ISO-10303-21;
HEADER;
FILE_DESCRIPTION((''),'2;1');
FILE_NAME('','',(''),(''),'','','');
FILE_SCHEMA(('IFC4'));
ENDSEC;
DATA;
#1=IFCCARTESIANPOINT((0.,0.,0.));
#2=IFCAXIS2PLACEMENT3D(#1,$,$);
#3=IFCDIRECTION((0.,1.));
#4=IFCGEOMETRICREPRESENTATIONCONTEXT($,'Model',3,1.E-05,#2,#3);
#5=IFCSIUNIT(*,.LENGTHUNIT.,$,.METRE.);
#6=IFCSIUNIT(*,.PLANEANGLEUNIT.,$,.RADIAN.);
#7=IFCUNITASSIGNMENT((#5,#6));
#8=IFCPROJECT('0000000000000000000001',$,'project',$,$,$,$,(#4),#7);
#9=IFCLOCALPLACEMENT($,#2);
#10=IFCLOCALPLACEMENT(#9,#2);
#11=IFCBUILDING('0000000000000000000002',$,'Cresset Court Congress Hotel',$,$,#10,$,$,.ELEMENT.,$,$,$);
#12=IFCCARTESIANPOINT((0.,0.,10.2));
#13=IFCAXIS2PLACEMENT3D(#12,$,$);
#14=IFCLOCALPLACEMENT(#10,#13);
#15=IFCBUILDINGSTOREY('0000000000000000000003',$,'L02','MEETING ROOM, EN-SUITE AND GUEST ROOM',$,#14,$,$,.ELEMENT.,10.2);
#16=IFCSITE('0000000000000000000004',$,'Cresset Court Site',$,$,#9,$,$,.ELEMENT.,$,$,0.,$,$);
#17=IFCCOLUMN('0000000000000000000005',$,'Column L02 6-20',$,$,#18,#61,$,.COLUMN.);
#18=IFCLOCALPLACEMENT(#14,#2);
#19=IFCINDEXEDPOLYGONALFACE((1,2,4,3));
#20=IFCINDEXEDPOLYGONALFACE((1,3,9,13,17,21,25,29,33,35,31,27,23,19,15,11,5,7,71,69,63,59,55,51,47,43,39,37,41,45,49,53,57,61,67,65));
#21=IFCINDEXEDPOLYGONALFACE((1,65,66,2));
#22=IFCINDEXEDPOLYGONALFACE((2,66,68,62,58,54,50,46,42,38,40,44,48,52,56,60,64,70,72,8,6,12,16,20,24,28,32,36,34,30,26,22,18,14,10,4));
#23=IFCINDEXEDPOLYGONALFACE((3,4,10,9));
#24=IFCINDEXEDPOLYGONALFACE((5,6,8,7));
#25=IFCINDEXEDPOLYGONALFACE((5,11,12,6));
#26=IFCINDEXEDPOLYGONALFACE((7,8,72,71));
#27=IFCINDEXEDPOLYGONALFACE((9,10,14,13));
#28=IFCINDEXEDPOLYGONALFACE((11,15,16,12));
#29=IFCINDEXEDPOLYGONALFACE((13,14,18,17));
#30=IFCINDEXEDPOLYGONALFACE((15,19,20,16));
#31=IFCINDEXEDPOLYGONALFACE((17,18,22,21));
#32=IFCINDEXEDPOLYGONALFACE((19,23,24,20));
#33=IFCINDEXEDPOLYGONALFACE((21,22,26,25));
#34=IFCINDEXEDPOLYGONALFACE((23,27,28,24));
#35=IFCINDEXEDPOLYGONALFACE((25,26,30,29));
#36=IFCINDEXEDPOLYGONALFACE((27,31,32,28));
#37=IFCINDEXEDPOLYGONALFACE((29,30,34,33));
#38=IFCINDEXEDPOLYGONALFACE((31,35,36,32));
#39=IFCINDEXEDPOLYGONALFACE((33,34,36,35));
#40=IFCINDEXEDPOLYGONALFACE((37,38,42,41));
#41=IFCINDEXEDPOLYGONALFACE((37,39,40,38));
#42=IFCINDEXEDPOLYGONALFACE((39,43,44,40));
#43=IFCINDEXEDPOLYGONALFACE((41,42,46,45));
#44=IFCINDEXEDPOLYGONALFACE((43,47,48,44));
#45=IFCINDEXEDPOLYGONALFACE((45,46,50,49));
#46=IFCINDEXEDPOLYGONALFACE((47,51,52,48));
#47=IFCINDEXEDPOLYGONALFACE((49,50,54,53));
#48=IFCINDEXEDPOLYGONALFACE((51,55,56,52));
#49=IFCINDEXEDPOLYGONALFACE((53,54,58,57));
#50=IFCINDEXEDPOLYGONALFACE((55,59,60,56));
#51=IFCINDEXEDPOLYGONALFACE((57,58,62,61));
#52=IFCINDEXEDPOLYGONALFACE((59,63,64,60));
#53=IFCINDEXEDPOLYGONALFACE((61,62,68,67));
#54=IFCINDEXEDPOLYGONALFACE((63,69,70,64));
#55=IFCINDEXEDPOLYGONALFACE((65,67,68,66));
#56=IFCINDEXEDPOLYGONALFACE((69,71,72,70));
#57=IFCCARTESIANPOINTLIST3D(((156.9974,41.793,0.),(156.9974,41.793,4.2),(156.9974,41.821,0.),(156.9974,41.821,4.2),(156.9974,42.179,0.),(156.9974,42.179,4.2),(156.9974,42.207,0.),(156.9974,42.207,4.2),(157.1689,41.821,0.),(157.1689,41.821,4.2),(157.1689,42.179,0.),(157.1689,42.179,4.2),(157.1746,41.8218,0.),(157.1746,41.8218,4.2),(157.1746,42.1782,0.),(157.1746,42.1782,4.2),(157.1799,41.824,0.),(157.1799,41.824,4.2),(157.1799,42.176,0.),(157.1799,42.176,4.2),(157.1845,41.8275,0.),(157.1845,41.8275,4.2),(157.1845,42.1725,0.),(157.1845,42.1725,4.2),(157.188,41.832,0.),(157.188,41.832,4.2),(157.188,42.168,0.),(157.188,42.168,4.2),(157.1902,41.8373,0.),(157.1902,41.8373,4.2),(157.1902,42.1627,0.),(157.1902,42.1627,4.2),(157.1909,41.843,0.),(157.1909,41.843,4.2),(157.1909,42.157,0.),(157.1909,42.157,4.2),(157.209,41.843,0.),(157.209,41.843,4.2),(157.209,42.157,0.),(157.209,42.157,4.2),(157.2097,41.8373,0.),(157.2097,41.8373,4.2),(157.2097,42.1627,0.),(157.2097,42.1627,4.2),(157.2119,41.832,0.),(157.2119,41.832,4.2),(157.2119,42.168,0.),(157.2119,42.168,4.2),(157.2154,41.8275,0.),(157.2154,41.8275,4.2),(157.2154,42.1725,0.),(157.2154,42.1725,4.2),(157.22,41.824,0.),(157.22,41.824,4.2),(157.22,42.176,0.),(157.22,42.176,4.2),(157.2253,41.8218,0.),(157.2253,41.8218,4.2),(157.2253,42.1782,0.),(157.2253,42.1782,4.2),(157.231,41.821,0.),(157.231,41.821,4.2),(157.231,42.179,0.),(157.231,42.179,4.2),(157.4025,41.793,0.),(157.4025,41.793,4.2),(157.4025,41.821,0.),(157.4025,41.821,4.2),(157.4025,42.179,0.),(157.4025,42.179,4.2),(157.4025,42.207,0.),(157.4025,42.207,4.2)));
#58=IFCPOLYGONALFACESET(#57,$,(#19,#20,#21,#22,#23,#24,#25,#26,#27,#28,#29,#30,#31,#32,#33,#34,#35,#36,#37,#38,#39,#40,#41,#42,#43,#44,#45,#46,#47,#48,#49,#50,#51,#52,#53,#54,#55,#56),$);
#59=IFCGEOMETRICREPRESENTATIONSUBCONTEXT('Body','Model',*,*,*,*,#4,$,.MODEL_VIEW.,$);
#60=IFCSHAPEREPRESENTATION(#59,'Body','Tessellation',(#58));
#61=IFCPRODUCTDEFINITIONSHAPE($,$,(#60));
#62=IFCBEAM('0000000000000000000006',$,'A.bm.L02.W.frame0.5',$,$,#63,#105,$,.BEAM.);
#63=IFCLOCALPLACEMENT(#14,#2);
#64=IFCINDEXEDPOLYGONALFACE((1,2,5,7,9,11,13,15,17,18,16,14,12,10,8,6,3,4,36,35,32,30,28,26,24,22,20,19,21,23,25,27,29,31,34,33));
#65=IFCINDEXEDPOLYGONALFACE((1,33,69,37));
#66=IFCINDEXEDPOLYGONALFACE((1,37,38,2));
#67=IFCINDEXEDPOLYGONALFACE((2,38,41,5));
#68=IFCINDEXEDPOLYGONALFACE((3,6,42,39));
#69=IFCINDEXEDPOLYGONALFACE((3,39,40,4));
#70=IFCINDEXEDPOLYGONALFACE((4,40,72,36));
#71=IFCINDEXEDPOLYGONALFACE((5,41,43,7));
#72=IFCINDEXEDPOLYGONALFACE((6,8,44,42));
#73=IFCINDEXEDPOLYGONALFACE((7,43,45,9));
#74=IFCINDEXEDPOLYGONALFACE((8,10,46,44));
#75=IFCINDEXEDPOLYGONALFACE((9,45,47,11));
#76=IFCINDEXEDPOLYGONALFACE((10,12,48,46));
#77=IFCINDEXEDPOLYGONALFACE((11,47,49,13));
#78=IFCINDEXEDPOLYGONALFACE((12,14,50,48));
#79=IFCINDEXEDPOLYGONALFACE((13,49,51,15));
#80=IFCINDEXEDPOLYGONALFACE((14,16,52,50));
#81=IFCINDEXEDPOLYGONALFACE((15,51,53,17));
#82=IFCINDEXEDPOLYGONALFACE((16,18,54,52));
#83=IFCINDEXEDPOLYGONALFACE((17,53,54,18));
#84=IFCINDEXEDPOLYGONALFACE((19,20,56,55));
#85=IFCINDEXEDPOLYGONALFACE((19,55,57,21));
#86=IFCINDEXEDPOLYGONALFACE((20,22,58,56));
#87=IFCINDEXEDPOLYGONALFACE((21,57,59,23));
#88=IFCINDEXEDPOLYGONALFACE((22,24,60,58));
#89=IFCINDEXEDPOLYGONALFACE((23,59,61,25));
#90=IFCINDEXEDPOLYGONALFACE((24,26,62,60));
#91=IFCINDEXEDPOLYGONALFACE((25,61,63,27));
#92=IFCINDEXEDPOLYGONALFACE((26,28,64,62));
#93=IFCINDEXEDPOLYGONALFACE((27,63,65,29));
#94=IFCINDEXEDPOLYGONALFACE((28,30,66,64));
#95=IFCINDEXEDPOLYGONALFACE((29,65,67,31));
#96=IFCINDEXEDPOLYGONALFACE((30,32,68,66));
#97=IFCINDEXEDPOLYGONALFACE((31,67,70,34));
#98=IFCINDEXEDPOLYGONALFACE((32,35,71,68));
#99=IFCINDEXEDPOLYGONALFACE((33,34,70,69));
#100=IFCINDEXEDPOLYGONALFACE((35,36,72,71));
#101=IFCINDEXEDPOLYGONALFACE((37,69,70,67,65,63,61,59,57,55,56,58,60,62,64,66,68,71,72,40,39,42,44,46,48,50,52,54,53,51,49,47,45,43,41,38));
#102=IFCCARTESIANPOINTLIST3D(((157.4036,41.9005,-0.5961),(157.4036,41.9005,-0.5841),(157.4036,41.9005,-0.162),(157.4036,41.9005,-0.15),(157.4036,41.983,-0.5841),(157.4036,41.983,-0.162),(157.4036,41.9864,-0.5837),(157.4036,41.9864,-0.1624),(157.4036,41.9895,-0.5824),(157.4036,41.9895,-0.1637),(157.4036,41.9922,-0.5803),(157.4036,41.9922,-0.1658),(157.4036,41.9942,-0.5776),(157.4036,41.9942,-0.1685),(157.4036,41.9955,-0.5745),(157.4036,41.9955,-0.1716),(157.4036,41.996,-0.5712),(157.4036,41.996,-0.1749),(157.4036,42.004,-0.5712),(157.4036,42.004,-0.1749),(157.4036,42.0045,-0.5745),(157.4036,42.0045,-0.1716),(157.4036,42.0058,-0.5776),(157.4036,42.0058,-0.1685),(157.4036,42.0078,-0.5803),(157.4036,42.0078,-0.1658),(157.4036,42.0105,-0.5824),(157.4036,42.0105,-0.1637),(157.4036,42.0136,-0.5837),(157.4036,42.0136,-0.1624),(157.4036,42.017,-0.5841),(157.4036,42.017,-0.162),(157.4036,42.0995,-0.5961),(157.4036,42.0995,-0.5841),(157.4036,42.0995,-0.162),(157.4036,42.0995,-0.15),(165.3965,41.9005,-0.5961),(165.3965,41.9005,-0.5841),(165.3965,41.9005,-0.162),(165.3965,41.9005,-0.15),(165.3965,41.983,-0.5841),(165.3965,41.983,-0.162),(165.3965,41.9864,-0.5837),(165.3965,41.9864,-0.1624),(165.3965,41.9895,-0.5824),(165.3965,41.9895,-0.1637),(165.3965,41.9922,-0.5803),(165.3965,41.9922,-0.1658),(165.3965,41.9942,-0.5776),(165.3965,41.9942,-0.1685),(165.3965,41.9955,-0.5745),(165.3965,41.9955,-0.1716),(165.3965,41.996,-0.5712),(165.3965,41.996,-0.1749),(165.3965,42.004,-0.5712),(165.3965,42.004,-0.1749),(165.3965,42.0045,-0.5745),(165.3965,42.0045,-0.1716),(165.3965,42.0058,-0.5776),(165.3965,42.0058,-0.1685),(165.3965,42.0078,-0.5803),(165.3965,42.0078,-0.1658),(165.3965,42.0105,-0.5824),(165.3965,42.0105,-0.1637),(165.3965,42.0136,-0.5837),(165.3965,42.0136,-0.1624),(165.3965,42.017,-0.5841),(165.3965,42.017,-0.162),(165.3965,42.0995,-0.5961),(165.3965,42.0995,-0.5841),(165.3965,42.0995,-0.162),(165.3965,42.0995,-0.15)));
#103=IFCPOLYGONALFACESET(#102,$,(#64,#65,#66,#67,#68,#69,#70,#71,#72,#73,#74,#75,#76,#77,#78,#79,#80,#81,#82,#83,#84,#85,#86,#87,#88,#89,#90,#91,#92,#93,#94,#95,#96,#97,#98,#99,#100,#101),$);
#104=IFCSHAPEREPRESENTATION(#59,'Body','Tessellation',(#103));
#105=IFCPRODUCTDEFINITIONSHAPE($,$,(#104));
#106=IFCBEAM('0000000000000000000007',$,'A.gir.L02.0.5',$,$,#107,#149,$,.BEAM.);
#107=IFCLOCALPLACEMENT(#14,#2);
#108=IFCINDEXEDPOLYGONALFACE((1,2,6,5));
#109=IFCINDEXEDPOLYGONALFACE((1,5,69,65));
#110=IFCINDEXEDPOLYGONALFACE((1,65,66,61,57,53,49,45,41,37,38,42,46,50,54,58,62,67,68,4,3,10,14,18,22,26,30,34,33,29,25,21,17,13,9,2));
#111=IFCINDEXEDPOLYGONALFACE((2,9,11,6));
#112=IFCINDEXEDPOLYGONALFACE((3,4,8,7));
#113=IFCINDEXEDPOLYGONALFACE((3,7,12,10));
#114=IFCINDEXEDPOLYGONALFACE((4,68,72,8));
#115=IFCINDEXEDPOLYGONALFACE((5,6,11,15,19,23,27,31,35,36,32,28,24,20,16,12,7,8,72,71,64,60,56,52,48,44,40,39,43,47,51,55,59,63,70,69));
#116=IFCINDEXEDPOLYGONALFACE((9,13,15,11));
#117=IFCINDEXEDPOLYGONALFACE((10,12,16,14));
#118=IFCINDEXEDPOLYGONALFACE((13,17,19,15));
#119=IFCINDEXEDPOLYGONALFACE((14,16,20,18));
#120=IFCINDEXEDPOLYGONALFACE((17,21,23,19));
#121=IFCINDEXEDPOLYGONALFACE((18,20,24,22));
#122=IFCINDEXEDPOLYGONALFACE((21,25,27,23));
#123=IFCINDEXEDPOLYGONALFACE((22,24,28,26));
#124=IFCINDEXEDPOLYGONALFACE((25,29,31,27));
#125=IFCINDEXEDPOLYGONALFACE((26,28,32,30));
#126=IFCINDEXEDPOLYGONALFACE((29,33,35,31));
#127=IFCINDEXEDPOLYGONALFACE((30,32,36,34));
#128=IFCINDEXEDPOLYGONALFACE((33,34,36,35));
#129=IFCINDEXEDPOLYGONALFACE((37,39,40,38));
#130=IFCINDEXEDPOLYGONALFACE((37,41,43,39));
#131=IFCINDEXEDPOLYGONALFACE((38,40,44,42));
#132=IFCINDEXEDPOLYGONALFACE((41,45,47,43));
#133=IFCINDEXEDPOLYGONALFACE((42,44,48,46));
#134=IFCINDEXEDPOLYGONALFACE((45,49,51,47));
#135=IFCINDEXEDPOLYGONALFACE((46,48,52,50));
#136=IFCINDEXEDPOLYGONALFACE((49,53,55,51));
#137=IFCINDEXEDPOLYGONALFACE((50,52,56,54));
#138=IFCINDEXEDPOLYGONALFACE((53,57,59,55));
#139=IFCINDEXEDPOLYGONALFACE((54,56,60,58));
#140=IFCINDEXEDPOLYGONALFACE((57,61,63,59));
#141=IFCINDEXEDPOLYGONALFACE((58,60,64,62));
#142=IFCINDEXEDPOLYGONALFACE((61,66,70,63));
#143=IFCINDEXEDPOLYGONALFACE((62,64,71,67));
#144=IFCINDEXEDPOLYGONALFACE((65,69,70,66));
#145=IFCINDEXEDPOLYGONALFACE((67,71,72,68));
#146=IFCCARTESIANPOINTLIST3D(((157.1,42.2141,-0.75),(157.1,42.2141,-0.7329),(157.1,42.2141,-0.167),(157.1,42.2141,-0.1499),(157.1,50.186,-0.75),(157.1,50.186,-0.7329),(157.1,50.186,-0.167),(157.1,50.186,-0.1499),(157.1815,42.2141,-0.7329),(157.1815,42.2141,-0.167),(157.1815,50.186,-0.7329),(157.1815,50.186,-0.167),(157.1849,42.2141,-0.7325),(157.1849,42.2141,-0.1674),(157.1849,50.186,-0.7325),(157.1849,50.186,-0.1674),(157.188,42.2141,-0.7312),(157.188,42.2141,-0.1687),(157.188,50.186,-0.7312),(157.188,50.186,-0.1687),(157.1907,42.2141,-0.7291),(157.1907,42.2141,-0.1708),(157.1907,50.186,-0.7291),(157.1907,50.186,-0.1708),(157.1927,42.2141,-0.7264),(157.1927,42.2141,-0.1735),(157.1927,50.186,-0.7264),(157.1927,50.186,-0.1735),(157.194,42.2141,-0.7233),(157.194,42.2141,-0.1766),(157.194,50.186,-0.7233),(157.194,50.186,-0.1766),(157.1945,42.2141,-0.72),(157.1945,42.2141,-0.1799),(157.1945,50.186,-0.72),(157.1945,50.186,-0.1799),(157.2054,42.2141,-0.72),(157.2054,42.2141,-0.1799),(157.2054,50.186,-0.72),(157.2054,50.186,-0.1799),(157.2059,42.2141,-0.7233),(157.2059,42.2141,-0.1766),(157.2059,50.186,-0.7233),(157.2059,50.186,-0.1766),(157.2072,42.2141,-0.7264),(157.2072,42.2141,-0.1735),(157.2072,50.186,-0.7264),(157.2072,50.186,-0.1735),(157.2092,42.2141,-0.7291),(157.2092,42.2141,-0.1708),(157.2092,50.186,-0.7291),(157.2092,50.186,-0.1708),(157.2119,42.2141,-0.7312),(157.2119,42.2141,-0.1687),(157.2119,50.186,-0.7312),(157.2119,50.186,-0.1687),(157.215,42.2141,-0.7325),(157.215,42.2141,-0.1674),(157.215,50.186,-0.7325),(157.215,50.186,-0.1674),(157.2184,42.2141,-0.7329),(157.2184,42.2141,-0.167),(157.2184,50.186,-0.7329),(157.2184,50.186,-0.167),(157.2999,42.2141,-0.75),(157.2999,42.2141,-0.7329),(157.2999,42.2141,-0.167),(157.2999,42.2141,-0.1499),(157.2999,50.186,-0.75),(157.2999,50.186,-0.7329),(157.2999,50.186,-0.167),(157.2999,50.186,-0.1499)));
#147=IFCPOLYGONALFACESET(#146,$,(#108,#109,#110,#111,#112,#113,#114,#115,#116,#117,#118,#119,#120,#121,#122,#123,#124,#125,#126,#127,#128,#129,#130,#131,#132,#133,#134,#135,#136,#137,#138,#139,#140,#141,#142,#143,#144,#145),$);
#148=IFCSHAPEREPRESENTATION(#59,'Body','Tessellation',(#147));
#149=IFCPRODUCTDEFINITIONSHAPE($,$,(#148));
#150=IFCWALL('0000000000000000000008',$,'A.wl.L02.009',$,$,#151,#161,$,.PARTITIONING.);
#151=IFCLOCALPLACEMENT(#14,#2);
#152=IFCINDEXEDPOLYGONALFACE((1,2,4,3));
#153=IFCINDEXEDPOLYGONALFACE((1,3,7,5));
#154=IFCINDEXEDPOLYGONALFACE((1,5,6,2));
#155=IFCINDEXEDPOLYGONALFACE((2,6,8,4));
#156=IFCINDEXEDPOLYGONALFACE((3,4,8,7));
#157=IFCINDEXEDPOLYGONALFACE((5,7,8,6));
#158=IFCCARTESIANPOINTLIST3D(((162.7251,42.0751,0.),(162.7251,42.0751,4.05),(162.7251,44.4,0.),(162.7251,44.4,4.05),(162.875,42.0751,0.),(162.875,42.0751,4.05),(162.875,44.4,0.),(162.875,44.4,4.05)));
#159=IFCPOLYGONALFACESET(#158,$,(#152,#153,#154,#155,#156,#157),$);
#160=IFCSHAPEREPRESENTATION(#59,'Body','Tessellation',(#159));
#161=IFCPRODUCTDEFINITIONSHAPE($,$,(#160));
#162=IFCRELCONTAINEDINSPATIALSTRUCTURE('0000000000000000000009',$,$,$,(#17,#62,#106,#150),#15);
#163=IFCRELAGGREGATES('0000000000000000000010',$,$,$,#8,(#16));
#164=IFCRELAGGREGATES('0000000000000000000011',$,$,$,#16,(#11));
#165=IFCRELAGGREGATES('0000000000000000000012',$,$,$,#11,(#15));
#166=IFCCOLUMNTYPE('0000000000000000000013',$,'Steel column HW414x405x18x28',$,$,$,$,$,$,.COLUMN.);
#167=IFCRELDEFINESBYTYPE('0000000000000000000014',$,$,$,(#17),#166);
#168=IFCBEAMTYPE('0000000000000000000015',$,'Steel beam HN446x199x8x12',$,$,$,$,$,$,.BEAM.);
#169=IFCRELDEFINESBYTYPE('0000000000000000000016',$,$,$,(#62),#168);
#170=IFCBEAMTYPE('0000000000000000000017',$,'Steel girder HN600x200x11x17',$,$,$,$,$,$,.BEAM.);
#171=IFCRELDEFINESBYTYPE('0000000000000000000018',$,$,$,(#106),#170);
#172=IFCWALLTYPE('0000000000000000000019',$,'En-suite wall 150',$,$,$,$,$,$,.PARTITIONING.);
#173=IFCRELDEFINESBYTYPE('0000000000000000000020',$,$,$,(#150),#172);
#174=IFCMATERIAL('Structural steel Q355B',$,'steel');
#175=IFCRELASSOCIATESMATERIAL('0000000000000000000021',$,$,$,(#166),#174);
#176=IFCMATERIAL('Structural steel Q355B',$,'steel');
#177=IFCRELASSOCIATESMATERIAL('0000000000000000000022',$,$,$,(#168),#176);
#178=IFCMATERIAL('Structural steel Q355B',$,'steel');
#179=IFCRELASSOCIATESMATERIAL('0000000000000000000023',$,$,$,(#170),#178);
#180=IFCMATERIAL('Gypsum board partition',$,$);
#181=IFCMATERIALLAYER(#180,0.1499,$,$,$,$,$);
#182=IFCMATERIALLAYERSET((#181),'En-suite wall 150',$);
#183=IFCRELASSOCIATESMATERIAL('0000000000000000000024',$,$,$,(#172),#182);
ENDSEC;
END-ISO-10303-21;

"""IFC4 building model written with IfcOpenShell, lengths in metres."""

from ifc_helpers import new_model, si_unit, direction, frame, frame_2d, origin, origin_2d, place, context, subcontext, project, spatial, rectangle, i_section, extrude, material, layer, layer_set, material_profile, profile_set, type_object, element, save


model = new_model("IFC4")

# Units and contexts
model_context = context("Model", 3, precision=1e-05, world=origin(), true_north=direction((0.0, 1.0)))
body_context = subcontext(model_context, "Body", "Model", "MODEL_VIEW")
ifc_project = project(units=[si_unit("LENGTHUNIT", "METRE"), si_unit("PLANEANGLEUNIT", "RADIAN")], contexts=[model_context])

# Site, building, storey
site_placement = place(None, origin())
site = spatial("IfcSite", under=ifc_project, at=site_placement, Name="Cresset Court Site", CompositionType="ELEMENT", RefElevation=0.0)
building_placement = place(site_placement, origin())
building = spatial("IfcBuilding", under=site, at=building_placement, Name="Cresset Court Congress Hotel", CompositionType="ELEMENT")
storey_placement = place(building_placement, frame((0.0, 0.0, 10.2)))
storey = spatial("IfcBuildingStorey", under=building, at=storey_placement, Name="L02", Description="MEETING ROOM, EN-SUITE AND GUEST ROOM", CompositionType="ELEMENT", Elevation=10.2)

# Column
ifc_material_1 = material(Name="Structural steel Q355B", Category="steel")
ifc_material_profile_1 = material_profile(ifc_material_1, i_section(OverallWidth=0.405, OverallDepth=0.4141, WebThickness=0.0181, FlangeThickness=0.0281, FilletRadius=0.022, at=origin_2d()), Name="HW414x405x18x28")
ifc_profile_set_1 = profile_set([ifc_material_profile_1], Name="Structural steel Q355B")
column_type = type_object("IfcColumnType", Name="Steel column HW414x405x18x28", PredefinedType="COLUMN", material=ifc_profile_set_1)
column_placement = place(storey_placement, frame((157.2, 42.0, 0.0), z_axis=(0.0, 0.0, 1.0), x_axis=(1.0, 0.0, 0.0)))
element("IfcColumn", 1, at=column_placement, inside=storey, type_object=column_type, Name="Column L02 6-20", PredefinedType="COLUMN", context=body_context, shape_type="SweptSolid", body=[
    extrude(i_section(OverallWidth=0.405, OverallDepth=0.4141, WebThickness=0.0181, FlangeThickness=0.0281, FilletRadius=0.022, at=origin_2d()), origin(), (0.0, 0.0, 1.0), 4.2),
])

# Beams
ifc_material_2 = material(Name="Structural steel Q355B", Category="steel")
ifc_material_profile_2 = material_profile(ifc_material_2, i_section(OverallWidth=0.199, OverallDepth=0.446, WebThickness=0.0081, FlangeThickness=0.012, FilletRadius=0.0129, at=origin_2d()), Name="HN446x199x8x12")
ifc_profile_set_2 = profile_set([ifc_material_profile_2], Name="Structural steel Q355B")
beam_type_1 = type_object("IfcBeamType", Name="Steel beam HN446x199x8x12", PredefinedType="BEAM", material=ifc_profile_set_2)
beam_1_placement = place(storey_placement, frame((157.4036, 42.0, -0.373), z_axis=(1.0, 0.0, 0.0), x_axis=(0.0, 1.0, 0.0)))
element("IfcBeam", 2, at=beam_1_placement, inside=storey, type_object=beam_type_1, Name="A.bm.L02.W.frame0.5", PredefinedType="BEAM", context=body_context, shape_type="SweptSolid", body=[
    extrude(i_section(OverallWidth=0.199, OverallDepth=0.446, WebThickness=0.0081, FlangeThickness=0.012, FilletRadius=0.0129, at=origin_2d()), origin(), (0.0, 0.0, 1.0), 7.9929),
])
ifc_material_3 = material(Name="Structural steel Q355B", Category="steel")
ifc_material_profile_3 = material_profile(ifc_material_3, i_section(OverallWidth=0.2, OverallDepth=0.6001, WebThickness=0.011, FlangeThickness=0.0171, FilletRadius=0.0129, at=origin_2d()), Name="HN600x200x11x17")
ifc_profile_set_3 = profile_set([ifc_material_profile_3], Name="Structural steel Q355B")
beam_type_2 = type_object("IfcBeamType", Name="Steel girder HN600x200x11x17", PredefinedType="BEAM", material=ifc_profile_set_3)
beam_2_placement = place(storey_placement, frame((157.2, 42.2141, -0.45), z_axis=(0.0, 1.0, 0.0), x_axis=(-1.0, 0.0, 0.0)))
element("IfcBeam", 3, at=beam_2_placement, inside=storey, type_object=beam_type_2, Name="A.gir.L02.0.5", PredefinedType="BEAM", context=body_context, shape_type="SweptSolid", body=[
    extrude(i_section(OverallWidth=0.2, OverallDepth=0.6001, WebThickness=0.011, FlangeThickness=0.0171, FilletRadius=0.0129, at=origin_2d()), origin(), (0.0, 0.0, 1.0), 7.9719),
])

# Wall
ifc_material_4 = material(Name="Gypsum board partition")
ifc_layer_1 = layer(ifc_material_4, 0.1499)
ifc_layer_set_1 = layer_set([ifc_layer_1], Name="En-suite wall 150")
wall_type_1 = type_object("IfcWallType", Name="En-suite wall 150", PredefinedType="PARTITIONING", material=ifc_layer_set_1)
wall_1_placement = place(storey_placement, frame((162.8, 42.075, 0.0), z_axis=(0.0, 0.0, 1.0), x_axis=(0.0, 1.0, 0.0)))
element("IfcWall", 4, at=wall_1_placement, inside=storey, type_object=wall_type_1, Name="A.wl.L02.009", PredefinedType="PARTITIONING", context=body_context, shape_type="SweptSolid", body=[
    extrude(rectangle(XDim=2.325, YDim=0.1499, at=frame_2d((1.1626, 0.0))), origin(), (0.0, 0.0, 1.0), 4.05),
])

save(model, "model.ifc")
